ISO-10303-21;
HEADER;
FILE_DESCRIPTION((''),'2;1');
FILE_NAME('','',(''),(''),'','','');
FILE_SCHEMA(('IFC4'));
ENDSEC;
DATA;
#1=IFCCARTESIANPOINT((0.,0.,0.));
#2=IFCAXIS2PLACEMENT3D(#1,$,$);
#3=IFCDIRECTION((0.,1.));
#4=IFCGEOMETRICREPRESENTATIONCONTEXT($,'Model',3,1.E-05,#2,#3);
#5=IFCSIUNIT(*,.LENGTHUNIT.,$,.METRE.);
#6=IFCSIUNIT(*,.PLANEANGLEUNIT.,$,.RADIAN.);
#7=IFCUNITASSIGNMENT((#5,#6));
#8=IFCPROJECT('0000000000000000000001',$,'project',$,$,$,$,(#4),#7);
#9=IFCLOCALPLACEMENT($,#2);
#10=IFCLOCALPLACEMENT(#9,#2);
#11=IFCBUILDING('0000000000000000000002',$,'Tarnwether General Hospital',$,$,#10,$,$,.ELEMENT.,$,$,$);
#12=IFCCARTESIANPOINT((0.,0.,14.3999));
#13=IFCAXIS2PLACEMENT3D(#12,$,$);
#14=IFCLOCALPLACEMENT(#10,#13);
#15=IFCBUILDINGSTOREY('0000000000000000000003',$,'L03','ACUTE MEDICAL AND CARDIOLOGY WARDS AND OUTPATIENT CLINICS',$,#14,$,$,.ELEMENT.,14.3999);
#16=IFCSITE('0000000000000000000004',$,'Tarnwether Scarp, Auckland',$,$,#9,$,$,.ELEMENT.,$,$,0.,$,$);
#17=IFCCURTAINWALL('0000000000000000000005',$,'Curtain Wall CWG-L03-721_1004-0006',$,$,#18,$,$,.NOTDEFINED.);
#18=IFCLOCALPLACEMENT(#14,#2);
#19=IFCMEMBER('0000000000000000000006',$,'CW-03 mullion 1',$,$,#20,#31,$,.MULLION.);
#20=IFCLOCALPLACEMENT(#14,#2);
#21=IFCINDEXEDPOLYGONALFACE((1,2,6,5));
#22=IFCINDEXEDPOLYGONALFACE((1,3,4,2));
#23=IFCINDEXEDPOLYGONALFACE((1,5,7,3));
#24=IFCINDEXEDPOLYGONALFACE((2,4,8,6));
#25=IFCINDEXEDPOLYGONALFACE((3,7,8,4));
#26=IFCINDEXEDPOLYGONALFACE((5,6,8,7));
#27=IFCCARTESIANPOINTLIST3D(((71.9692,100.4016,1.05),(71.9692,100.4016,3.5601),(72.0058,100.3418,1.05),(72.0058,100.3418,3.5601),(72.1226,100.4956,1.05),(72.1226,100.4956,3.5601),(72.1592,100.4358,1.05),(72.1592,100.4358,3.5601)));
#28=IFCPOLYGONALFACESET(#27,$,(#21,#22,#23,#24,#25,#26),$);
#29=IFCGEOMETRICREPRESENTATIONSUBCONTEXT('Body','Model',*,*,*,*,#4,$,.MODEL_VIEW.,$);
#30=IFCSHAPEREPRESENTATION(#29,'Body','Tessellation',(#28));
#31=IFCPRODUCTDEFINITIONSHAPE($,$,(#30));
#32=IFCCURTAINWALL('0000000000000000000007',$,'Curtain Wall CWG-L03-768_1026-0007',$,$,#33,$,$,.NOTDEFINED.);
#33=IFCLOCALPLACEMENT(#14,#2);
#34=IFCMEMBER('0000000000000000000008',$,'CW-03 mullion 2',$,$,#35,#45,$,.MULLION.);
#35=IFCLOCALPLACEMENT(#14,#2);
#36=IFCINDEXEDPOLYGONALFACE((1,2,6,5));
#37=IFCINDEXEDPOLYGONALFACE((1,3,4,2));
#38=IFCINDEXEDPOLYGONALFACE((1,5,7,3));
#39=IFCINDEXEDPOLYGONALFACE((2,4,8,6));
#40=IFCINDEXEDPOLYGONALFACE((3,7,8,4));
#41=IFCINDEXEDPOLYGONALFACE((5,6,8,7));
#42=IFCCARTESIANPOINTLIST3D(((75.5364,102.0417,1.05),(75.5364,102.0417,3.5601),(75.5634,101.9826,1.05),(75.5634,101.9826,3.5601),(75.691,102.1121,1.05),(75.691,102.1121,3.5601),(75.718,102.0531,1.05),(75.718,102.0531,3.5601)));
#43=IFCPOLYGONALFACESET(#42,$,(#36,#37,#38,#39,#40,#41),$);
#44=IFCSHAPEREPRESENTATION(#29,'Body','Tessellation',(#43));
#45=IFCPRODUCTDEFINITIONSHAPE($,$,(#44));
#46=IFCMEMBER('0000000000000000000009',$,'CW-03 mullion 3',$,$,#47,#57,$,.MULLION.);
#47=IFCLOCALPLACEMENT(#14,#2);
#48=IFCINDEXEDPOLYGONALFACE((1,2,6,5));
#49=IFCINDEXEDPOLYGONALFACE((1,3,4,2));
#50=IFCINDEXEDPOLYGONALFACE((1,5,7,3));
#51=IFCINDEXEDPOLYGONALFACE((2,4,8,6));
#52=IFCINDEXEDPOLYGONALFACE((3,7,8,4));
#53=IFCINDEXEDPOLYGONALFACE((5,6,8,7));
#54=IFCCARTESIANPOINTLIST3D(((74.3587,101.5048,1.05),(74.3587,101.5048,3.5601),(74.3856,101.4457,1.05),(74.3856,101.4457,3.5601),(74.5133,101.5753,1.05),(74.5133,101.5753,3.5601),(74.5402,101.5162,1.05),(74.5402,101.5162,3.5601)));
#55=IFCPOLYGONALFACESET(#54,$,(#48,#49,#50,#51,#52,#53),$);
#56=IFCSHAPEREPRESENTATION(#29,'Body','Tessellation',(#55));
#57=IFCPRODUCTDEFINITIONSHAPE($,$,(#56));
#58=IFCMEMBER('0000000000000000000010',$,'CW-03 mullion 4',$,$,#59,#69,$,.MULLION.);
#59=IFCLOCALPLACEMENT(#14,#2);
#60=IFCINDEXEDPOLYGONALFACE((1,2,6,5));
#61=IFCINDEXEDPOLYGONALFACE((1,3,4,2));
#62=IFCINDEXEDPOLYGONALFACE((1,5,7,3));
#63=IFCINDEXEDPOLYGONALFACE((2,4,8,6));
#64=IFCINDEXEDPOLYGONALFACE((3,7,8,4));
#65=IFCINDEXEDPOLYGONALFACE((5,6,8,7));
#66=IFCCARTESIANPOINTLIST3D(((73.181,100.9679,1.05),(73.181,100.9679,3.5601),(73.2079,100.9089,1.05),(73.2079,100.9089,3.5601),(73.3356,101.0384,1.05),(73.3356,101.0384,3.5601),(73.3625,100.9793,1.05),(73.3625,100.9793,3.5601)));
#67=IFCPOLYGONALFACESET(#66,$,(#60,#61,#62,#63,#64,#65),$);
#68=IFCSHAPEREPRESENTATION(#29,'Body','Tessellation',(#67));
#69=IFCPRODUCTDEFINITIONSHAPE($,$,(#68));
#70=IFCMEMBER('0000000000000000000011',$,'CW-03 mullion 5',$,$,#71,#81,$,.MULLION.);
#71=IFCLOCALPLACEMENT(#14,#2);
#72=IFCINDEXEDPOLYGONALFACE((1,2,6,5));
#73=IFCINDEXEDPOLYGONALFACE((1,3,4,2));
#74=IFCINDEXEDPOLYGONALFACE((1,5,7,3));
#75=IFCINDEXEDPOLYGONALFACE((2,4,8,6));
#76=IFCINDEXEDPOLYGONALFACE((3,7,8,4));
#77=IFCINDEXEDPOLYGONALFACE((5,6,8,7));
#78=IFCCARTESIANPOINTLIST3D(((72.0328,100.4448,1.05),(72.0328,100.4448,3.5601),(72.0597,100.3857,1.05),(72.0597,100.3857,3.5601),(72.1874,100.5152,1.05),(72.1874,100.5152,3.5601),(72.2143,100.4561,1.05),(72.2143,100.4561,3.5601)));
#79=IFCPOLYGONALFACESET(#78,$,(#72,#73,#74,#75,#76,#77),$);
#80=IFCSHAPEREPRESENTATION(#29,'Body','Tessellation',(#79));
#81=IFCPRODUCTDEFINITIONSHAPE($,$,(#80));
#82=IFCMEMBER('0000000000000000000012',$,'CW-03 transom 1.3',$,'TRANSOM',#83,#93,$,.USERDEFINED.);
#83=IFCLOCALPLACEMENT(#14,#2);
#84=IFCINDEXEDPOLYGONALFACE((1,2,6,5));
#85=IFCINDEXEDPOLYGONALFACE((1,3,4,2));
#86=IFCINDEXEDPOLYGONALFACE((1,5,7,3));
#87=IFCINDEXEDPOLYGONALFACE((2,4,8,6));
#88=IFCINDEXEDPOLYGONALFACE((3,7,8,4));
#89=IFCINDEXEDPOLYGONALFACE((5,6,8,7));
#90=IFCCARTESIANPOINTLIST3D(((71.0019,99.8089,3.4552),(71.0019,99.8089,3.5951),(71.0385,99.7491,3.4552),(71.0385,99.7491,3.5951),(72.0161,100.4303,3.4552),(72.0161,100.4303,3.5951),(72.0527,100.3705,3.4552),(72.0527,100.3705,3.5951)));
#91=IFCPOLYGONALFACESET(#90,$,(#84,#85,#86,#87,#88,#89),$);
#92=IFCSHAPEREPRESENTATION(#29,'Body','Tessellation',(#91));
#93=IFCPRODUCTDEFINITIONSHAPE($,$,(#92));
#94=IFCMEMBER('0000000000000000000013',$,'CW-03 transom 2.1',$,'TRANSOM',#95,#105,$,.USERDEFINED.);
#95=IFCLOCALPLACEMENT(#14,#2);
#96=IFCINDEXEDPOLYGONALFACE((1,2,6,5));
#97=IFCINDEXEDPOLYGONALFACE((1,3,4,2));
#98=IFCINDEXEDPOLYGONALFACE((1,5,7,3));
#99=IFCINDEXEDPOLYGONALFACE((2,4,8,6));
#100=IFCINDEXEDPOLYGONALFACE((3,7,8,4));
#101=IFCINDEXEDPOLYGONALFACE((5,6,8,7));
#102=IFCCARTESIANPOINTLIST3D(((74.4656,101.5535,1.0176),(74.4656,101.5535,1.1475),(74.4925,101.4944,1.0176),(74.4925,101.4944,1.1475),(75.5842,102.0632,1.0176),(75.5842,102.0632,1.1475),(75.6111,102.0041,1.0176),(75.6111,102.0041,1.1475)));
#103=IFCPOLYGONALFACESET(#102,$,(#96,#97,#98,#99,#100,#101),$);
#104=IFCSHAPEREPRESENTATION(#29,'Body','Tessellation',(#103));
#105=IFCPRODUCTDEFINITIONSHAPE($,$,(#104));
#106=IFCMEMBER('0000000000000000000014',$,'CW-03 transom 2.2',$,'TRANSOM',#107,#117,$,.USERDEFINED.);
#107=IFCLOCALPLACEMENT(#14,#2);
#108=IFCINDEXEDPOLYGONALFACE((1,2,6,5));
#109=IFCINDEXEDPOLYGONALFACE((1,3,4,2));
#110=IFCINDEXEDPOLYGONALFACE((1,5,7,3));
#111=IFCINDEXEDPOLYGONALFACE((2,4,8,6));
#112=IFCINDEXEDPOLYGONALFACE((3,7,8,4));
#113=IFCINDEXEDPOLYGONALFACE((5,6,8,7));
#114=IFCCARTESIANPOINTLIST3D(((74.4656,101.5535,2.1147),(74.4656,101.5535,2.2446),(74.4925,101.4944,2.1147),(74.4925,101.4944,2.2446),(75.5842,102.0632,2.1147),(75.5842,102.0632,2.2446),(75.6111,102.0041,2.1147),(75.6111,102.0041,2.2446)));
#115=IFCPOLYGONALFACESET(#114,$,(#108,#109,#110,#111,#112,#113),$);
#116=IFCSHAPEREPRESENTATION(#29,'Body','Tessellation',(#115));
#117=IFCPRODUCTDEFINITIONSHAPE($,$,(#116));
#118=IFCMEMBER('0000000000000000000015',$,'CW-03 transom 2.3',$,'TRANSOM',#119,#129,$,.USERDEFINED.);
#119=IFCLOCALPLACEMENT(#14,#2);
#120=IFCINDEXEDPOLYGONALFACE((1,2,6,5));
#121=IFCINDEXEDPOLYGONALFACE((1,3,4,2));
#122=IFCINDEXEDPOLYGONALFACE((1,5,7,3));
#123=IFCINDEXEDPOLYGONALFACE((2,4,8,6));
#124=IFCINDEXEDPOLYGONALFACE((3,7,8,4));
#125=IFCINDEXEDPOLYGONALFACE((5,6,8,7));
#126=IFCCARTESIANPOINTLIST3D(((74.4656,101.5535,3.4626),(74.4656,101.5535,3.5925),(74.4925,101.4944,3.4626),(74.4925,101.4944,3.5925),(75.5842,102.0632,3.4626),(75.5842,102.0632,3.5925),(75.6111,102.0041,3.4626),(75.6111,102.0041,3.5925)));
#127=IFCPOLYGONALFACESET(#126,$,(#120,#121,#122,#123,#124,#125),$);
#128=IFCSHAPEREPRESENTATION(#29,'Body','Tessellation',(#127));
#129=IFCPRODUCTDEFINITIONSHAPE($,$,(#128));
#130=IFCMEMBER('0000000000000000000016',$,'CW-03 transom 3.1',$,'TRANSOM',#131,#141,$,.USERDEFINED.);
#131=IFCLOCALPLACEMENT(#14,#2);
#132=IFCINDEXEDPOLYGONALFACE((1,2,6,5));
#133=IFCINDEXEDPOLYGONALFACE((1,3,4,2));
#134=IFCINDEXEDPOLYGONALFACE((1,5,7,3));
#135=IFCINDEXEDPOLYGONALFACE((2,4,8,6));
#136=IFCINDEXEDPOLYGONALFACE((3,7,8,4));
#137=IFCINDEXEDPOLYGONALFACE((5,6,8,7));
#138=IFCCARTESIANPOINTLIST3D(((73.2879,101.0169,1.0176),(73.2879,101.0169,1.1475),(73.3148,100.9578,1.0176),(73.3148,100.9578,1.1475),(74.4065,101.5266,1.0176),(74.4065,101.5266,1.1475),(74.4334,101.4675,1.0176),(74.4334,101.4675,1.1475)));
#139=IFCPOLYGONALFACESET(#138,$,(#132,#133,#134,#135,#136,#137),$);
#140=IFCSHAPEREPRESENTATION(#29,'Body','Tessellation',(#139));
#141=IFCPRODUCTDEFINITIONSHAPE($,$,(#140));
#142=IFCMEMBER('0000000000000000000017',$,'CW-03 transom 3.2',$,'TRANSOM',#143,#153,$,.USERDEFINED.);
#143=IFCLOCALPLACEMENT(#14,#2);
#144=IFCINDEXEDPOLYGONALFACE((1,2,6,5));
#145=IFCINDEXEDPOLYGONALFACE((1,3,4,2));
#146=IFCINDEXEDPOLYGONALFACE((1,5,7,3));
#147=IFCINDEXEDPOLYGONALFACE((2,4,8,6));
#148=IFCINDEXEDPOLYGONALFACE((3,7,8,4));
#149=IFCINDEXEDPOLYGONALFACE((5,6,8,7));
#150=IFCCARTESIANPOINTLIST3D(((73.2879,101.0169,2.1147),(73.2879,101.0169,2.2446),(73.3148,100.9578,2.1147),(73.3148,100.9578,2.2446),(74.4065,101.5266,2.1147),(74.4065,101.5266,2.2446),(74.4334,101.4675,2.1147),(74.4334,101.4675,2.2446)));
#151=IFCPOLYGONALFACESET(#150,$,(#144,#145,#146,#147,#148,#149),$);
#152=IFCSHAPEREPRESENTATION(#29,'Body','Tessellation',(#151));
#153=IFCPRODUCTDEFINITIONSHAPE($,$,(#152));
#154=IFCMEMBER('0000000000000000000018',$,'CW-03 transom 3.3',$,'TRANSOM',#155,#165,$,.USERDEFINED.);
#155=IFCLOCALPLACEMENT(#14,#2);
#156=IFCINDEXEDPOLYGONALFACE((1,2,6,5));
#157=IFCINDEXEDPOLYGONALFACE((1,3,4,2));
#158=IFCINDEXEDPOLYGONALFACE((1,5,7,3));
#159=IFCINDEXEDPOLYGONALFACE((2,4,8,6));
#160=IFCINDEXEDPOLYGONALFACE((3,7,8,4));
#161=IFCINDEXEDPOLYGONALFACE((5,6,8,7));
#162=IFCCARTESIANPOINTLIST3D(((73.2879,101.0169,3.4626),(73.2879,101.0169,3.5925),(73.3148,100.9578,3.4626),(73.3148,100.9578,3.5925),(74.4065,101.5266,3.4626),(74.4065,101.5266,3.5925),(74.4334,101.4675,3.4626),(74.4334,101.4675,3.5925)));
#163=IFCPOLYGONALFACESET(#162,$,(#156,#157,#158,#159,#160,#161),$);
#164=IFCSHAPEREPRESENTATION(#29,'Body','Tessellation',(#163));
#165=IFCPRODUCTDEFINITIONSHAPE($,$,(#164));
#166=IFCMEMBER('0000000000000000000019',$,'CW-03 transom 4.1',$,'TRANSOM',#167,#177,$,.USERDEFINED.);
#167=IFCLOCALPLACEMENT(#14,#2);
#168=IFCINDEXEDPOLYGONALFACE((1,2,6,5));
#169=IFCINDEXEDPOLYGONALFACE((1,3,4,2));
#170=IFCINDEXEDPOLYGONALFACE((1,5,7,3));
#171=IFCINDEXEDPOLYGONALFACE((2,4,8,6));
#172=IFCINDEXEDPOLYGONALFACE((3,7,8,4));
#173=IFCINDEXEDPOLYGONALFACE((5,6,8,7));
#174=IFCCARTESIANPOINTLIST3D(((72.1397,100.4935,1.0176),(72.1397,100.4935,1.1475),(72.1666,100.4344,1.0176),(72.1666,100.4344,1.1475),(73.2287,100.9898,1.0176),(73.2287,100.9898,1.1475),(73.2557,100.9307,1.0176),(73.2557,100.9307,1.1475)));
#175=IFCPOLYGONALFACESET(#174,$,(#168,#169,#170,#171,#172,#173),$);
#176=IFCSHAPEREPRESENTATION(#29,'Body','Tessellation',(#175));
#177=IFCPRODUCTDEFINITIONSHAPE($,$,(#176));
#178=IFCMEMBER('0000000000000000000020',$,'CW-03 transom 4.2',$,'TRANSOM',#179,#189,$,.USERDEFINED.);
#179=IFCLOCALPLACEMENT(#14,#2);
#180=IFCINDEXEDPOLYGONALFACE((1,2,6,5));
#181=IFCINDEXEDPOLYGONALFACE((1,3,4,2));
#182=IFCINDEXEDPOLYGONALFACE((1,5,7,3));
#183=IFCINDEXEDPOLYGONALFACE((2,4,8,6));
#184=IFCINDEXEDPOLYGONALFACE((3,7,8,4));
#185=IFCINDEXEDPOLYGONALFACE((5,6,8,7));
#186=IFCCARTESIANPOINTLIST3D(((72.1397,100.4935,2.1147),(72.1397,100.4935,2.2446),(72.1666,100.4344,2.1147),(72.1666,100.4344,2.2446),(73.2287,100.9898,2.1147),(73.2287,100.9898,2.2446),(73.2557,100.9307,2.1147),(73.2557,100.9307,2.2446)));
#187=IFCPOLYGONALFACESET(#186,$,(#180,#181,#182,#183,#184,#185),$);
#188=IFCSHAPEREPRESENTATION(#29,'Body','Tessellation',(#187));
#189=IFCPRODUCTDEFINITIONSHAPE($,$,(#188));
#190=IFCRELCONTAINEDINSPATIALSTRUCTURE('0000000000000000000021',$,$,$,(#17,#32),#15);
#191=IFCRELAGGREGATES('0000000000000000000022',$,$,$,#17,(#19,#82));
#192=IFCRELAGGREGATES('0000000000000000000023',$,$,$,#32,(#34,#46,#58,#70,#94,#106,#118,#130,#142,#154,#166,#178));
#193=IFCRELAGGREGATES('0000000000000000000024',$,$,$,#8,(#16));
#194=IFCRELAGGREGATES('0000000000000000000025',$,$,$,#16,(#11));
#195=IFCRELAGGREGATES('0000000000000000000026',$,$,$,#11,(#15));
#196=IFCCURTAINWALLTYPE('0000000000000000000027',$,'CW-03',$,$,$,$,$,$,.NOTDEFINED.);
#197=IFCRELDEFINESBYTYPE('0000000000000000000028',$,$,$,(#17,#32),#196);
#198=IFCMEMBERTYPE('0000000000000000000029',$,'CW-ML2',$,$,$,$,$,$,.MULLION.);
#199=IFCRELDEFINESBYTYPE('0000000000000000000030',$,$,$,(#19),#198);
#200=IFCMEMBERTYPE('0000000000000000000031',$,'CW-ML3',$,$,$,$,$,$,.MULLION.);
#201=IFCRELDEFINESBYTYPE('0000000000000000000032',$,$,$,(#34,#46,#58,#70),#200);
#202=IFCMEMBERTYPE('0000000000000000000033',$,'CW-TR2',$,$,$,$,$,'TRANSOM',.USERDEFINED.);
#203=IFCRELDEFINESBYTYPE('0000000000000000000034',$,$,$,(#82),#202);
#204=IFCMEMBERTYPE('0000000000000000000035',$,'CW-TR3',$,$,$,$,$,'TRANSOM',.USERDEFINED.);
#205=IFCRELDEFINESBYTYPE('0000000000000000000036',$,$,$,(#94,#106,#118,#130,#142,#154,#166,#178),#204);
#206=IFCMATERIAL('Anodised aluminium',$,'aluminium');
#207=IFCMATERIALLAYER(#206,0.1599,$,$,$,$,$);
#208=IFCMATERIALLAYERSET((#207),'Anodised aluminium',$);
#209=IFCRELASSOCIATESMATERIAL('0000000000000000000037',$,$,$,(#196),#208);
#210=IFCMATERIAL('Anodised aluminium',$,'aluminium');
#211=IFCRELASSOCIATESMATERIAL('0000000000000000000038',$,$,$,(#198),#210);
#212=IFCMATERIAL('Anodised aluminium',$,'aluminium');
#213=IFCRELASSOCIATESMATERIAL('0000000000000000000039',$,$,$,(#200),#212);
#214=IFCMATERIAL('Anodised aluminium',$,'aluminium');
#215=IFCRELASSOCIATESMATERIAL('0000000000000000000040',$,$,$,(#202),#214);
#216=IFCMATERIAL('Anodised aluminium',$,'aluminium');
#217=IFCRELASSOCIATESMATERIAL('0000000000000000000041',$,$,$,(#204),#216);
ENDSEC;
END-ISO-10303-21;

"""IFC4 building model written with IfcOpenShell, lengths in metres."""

from ifc_helpers import new_model, si_unit, direction, frame, origin, origin_2d, place, context, subcontext, project, spatial, rectangle, extrude, material, layer, layer_set, material_profile, profile_set, type_object, element, aggregate, save


model = new_model("IFC4")

# Units and contexts
model_context = context("Model", 3, precision=1e-05, world=origin(), true_north=direction((0.0, 1.0)))
body_context = subcontext(model_context, "Body", "Model", "MODEL_VIEW")
ifc_project = project(units=[si_unit("LENGTHUNIT", "METRE"), si_unit("PLANEANGLEUNIT", "RADIAN")], contexts=[model_context])

# Site, building, storey
site_placement = place(None, origin())
site = spatial("IfcSite", under=ifc_project, at=site_placement, Name="Tarnwether Scarp, Auckland", CompositionType="ELEMENT", RefElevation=0.0)
building_placement = place(site_placement, origin())
building = spatial("IfcBuilding", under=site, at=building_placement, Name="Tarnwether General Hospital", CompositionType="ELEMENT")
storey_placement = place(building_placement, frame((0.0, 0.0, 14.3999)))
storey = spatial("IfcBuildingStorey", under=building, at=storey_placement, Name="L03", Description="ACUTE MEDICAL AND CARDIOLOGY WARDS AND OUTPATIENT CLINICS", CompositionType="ELEMENT", Elevation=14.3999)

# Curtain wall, member
ifc_material_1 = material(Name="Anodised aluminium", Category="aluminium")
ifc_layer_1 = layer(ifc_material_1, 0.1599)
ifc_layer_set_1 = layer_set([ifc_layer_1], Name="Anodised aluminium")
curtain_wall_type = type_object("IfcCurtainWallType", Name="CW-03", PredefinedType="NOTDEFINED", material=ifc_layer_set_1)
curtain_wall_1_placement = place(storey_placement, origin())
curtain_wall_1 = element("IfcCurtainWall", 1, at=curtain_wall_1_placement, inside=storey, type_object=curtain_wall_type, Name="Curtain Wall CWG-L03-721_1004-0006", PredefinedType="NOTDEFINED")
ifc_material_2 = material(Name="Anodised aluminium", Category="aluminium")
ifc_material_profile_1 = material_profile(ifc_material_2, rectangle(XDim=0.0701, YDim=0.1799, at=origin_2d()), Name="ALU-MUL-70x180")
ifc_profile_set_1 = profile_set([ifc_material_profile_1], Name="Anodised aluminium")
member_type_1 = type_object("IfcMemberType", Name="CW-ML2", PredefinedType="MULLION", material=ifc_profile_set_1)
member_1_placement = place(storey_placement, frame((72.0642, 100.4187, 1.05), z_axis=(0.0, 0.0, 1.0), x_axis=(0.522512, -0.852632, 0.0)))
member_1 = element("IfcMember", 2, at=member_1_placement, type_object=member_type_1, Name="CW-03 mullion 1", PredefinedType="MULLION", context=body_context, shape_type="SweptSolid", body=[
    extrude(rectangle(XDim=0.0701, YDim=0.1799, at=origin_2d()), origin(), (0.0, 0.0, 1.0), 2.51),
])

# Curtain wall, members
curtain_wall_2_placement = place(storey_placement, origin())
curtain_wall_2 = element("IfcCurtainWall", 3, at=curtain_wall_2_placement, inside=storey, type_object=curtain_wall_type, Name="Curtain Wall CWG-L03-768_1026-0007", PredefinedType="NOTDEFINED")
ifc_material_3 = material(Name="Anodised aluminium", Category="aluminium")
ifc_material_profile_2 = material_profile(ifc_material_3, rectangle(XDim=0.0649, YDim=0.1699, at=origin_2d()), Name="ALU-MUL-65x170")
ifc_profile_set_2 = profile_set([ifc_material_profile_2], Name="Anodised aluminium")
member_type_2 = type_object("IfcMemberType", Name="CW-ML3", PredefinedType="MULLION", material=ifc_profile_set_2)
member_2_placement = place(storey_placement, frame((75.6272, 102.0474, 1.05), z_axis=(0.0, 0.0, 1.0), x_axis=(0.414705, -0.909956, 0.0)))
member_2 = element("IfcMember", 4, at=member_2_placement, type_object=member_type_2, Name="CW-03 mullion 2", PredefinedType="MULLION", context=body_context, shape_type="SweptSolid", body=[
    extrude(rectangle(XDim=0.0649, YDim=0.1699, at=origin_2d()), origin(), (0.0, 0.0, 1.0), 2.51),
])
member_3_placement = place(storey_placement, frame((74.4495, 101.5105, 1.05), z_axis=(0.0, 0.0, 1.0), x_axis=(0.414705, -0.909956, 0.0)))
member_3 = element("IfcMember", 5, at=member_3_placement, type_object=member_type_2, Name="CW-03 mullion 3", PredefinedType="MULLION", context=body_context, shape_type="SweptSolid", body=[
    extrude(rectangle(XDim=0.0649, YDim=0.1699, at=origin_2d()), origin(), (0.0, 0.0, 1.0), 2.51),
])
member_4_placement = place(storey_placement, frame((73.2717, 100.9736, 1.05), z_axis=(0.0, 0.0, 1.0), x_axis=(0.414705, -0.909956, 0.0)))
member_4 = element("IfcMember", 6, at=member_4_placement, type_object=member_type_2, Name="CW-03 mullion 4", PredefinedType="MULLION", context=body_context, shape_type="SweptSolid", body=[
    extrude(rectangle(XDim=0.0649, YDim=0.1699, at=origin_2d()), origin(), (0.0, 0.0, 1.0), 2.51),
])
member_5_placement = place(storey_placement, frame((72.1235, 100.4504, 1.05), z_axis=(0.0, 0.0, 1.0), x_axis=(0.414705, -0.909956, 0.0)))
member_5 = element("IfcMember", 7, at=member_5_placement, type_object=member_type_2, Name="CW-03 mullion 5", PredefinedType="MULLION", context=body_context, shape_type="SweptSolid", body=[
    extrude(rectangle(XDim=0.0649, YDim=0.1699, at=origin_2d()), origin(), (0.0, 0.0, 1.0), 2.51),
])

# Members
ifc_material_4 = material(Name="Anodised aluminium", Category="aluminium")
ifc_material_profile_3 = material_profile(ifc_material_4, rectangle(XDim=0.0701, YDim=0.1399, at=origin_2d()), Name="ALU-TRN-70x140")
ifc_profile_set_3 = profile_set([ifc_material_profile_3], Name="Anodised aluminium")
member_type_3 = type_object("IfcMemberType", Name="CW-TR2", ElementType="TRANSOM", PredefinedType="USERDEFINED", material=ifc_profile_set_3)
member_6_placement = place(storey_placement, frame((72.0344, 100.4004, 3.5251), z_axis=(-0.852693, -0.522413, 0.0), x_axis=(0.522413, -0.852693, 0.0)))
member_6 = element("IfcMember", 8, at=member_6_placement, type_object=member_type_3, Name="CW-03 transom 1.3", ObjectType="TRANSOM", PredefinedType="USERDEFINED", context=body_context, shape_type="SweptSolid", body=[
    extrude(rectangle(XDim=0.0701, YDim=0.1399, at=origin_2d()), origin(), (0.0, 0.0, 1.0), 1.1895),
])
aggregate(curtain_wall_1, [member_1, member_6])
ifc_material_5 = material(Name="Anodised aluminium", Category="aluminium")
ifc_material_profile_4 = material_profile(ifc_material_5, rectangle(XDim=0.0649, YDim=0.1299, at=origin_2d()), Name="ALU-TRN-65x130")
ifc_profile_set_4 = profile_set([ifc_material_profile_4], Name="Anodised aluminium")
member_type_4 = type_object("IfcMemberType", Name="CW-TR3", ElementType="TRANSOM", PredefinedType="USERDEFINED", material=ifc_profile_set_4)
member_7_placement = place(storey_placement, frame((75.5977, 102.0337, 1.0825), z_axis=(-0.909972, -0.414671, 0.0), x_axis=(0.414671, -0.909972, 0.0)))
member_7 = element("IfcMember", 9, at=member_7_placement, type_object=member_type_4, Name="CW-03 transom 2.1", ObjectType="TRANSOM", PredefinedType="USERDEFINED", context=body_context, shape_type="SweptSolid", body=[
    extrude(rectangle(XDim=0.0649, YDim=0.1299, at=origin_2d()), origin(), (0.0, 0.0, 1.0), 1.2292),
])
member_8_placement = place(storey_placement, frame((75.5977, 102.0337, 2.1797), z_axis=(-0.909972, -0.414671, 0.0), x_axis=(0.414671, -0.909972, 0.0)))
member_8 = element("IfcMember", 10, at=member_8_placement, type_object=member_type_4, Name="CW-03 transom 2.2", ObjectType="TRANSOM", PredefinedType="USERDEFINED", context=body_context, shape_type="SweptSolid", body=[
    extrude(rectangle(XDim=0.0649, YDim=0.1299, at=origin_2d()), origin(), (0.0, 0.0, 1.0), 1.2292),
])
member_9_placement = place(storey_placement, frame((75.5977, 102.0337, 3.5276), z_axis=(-0.909972, -0.414671, 0.0), x_axis=(0.414671, -0.909972, 0.0)))
member_9 = element("IfcMember", 11, at=member_9_placement, type_object=member_type_4, Name="CW-03 transom 2.3", ObjectType="TRANSOM", PredefinedType="USERDEFINED", context=body_context, shape_type="SweptSolid", body=[
    extrude(rectangle(XDim=0.0649, YDim=0.1299, at=origin_2d()), origin(), (0.0, 0.0, 1.0), 1.2292),
])
member_10_placement = place(storey_placement, frame((74.4199, 101.4971, 1.0825), z_axis=(-0.909972, -0.414671, 0.0), x_axis=(0.414671, -0.909972, 0.0)))
member_10 = element("IfcMember", 12, at=member_10_placement, type_object=member_type_4, Name="CW-03 transom 3.1", ObjectType="TRANSOM", PredefinedType="USERDEFINED", context=body_context, shape_type="SweptSolid", body=[
    extrude(rectangle(XDim=0.0649, YDim=0.1299, at=origin_2d()), origin(), (0.0, 0.0, 1.0), 1.2292),
])
member_11_placement = place(storey_placement, frame((74.4199, 101.4971, 2.1797), z_axis=(-0.909972, -0.414671, 0.0), x_axis=(0.414671, -0.909972, 0.0)))
member_11 = element("IfcMember", 13, at=member_11_placement, type_object=member_type_4, Name="CW-03 transom 3.2", ObjectType="TRANSOM", PredefinedType="USERDEFINED", context=body_context, shape_type="SweptSolid", body=[
    extrude(rectangle(XDim=0.0649, YDim=0.1299, at=origin_2d()), origin(), (0.0, 0.0, 1.0), 1.2292),
])
member_12_placement = place(storey_placement, frame((74.4199, 101.4971, 3.5276), z_axis=(-0.909972, -0.414671, 0.0), x_axis=(0.414671, -0.909972, 0.0)))
member_12 = element("IfcMember", 14, at=member_12_placement, type_object=member_type_4, Name="CW-03 transom 3.3", ObjectType="TRANSOM", PredefinedType="USERDEFINED", context=body_context, shape_type="SweptSolid", body=[
    extrude(rectangle(XDim=0.0649, YDim=0.1299, at=origin_2d()), origin(), (0.0, 0.0, 1.0), 1.2292),
])
member_13_placement = place(storey_placement, frame((73.2422, 100.9602, 1.0825), z_axis=(-0.909961, -0.414694, 0.0), x_axis=(0.414694, -0.909961, 0.0)))
member_13 = element("IfcMember", 15, at=member_13_placement, type_object=member_type_4, Name="CW-03 transom 4.1", ObjectType="TRANSOM", PredefinedType="USERDEFINED", context=body_context, shape_type="SweptSolid", body=[
    extrude(rectangle(XDim=0.0649, YDim=0.1299, at=origin_2d()), origin(), (0.0, 0.0, 1.0), 1.1968),
])
member_14_placement = place(storey_placement, frame((73.2422, 100.9602, 2.1797), z_axis=(-0.909961, -0.414694, 0.0), x_axis=(0.414694, -0.909961, 0.0)))
member_14 = element("IfcMember", 16, at=member_14_placement, type_object=member_type_4, Name="CW-03 transom 4.2", ObjectType="TRANSOM", PredefinedType="USERDEFINED", context=body_context, shape_type="SweptSolid", body=[
    extrude(rectangle(XDim=0.0649, YDim=0.1299, at=origin_2d()), origin(), (0.0, 0.0, 1.0), 1.1968),
])

aggregate(curtain_wall_2, [member_2, member_3, member_4, member_5, member_7, member_8, member_9, member_10, member_11, member_12, member_13, member_14])

save(model, "model.ifc")
